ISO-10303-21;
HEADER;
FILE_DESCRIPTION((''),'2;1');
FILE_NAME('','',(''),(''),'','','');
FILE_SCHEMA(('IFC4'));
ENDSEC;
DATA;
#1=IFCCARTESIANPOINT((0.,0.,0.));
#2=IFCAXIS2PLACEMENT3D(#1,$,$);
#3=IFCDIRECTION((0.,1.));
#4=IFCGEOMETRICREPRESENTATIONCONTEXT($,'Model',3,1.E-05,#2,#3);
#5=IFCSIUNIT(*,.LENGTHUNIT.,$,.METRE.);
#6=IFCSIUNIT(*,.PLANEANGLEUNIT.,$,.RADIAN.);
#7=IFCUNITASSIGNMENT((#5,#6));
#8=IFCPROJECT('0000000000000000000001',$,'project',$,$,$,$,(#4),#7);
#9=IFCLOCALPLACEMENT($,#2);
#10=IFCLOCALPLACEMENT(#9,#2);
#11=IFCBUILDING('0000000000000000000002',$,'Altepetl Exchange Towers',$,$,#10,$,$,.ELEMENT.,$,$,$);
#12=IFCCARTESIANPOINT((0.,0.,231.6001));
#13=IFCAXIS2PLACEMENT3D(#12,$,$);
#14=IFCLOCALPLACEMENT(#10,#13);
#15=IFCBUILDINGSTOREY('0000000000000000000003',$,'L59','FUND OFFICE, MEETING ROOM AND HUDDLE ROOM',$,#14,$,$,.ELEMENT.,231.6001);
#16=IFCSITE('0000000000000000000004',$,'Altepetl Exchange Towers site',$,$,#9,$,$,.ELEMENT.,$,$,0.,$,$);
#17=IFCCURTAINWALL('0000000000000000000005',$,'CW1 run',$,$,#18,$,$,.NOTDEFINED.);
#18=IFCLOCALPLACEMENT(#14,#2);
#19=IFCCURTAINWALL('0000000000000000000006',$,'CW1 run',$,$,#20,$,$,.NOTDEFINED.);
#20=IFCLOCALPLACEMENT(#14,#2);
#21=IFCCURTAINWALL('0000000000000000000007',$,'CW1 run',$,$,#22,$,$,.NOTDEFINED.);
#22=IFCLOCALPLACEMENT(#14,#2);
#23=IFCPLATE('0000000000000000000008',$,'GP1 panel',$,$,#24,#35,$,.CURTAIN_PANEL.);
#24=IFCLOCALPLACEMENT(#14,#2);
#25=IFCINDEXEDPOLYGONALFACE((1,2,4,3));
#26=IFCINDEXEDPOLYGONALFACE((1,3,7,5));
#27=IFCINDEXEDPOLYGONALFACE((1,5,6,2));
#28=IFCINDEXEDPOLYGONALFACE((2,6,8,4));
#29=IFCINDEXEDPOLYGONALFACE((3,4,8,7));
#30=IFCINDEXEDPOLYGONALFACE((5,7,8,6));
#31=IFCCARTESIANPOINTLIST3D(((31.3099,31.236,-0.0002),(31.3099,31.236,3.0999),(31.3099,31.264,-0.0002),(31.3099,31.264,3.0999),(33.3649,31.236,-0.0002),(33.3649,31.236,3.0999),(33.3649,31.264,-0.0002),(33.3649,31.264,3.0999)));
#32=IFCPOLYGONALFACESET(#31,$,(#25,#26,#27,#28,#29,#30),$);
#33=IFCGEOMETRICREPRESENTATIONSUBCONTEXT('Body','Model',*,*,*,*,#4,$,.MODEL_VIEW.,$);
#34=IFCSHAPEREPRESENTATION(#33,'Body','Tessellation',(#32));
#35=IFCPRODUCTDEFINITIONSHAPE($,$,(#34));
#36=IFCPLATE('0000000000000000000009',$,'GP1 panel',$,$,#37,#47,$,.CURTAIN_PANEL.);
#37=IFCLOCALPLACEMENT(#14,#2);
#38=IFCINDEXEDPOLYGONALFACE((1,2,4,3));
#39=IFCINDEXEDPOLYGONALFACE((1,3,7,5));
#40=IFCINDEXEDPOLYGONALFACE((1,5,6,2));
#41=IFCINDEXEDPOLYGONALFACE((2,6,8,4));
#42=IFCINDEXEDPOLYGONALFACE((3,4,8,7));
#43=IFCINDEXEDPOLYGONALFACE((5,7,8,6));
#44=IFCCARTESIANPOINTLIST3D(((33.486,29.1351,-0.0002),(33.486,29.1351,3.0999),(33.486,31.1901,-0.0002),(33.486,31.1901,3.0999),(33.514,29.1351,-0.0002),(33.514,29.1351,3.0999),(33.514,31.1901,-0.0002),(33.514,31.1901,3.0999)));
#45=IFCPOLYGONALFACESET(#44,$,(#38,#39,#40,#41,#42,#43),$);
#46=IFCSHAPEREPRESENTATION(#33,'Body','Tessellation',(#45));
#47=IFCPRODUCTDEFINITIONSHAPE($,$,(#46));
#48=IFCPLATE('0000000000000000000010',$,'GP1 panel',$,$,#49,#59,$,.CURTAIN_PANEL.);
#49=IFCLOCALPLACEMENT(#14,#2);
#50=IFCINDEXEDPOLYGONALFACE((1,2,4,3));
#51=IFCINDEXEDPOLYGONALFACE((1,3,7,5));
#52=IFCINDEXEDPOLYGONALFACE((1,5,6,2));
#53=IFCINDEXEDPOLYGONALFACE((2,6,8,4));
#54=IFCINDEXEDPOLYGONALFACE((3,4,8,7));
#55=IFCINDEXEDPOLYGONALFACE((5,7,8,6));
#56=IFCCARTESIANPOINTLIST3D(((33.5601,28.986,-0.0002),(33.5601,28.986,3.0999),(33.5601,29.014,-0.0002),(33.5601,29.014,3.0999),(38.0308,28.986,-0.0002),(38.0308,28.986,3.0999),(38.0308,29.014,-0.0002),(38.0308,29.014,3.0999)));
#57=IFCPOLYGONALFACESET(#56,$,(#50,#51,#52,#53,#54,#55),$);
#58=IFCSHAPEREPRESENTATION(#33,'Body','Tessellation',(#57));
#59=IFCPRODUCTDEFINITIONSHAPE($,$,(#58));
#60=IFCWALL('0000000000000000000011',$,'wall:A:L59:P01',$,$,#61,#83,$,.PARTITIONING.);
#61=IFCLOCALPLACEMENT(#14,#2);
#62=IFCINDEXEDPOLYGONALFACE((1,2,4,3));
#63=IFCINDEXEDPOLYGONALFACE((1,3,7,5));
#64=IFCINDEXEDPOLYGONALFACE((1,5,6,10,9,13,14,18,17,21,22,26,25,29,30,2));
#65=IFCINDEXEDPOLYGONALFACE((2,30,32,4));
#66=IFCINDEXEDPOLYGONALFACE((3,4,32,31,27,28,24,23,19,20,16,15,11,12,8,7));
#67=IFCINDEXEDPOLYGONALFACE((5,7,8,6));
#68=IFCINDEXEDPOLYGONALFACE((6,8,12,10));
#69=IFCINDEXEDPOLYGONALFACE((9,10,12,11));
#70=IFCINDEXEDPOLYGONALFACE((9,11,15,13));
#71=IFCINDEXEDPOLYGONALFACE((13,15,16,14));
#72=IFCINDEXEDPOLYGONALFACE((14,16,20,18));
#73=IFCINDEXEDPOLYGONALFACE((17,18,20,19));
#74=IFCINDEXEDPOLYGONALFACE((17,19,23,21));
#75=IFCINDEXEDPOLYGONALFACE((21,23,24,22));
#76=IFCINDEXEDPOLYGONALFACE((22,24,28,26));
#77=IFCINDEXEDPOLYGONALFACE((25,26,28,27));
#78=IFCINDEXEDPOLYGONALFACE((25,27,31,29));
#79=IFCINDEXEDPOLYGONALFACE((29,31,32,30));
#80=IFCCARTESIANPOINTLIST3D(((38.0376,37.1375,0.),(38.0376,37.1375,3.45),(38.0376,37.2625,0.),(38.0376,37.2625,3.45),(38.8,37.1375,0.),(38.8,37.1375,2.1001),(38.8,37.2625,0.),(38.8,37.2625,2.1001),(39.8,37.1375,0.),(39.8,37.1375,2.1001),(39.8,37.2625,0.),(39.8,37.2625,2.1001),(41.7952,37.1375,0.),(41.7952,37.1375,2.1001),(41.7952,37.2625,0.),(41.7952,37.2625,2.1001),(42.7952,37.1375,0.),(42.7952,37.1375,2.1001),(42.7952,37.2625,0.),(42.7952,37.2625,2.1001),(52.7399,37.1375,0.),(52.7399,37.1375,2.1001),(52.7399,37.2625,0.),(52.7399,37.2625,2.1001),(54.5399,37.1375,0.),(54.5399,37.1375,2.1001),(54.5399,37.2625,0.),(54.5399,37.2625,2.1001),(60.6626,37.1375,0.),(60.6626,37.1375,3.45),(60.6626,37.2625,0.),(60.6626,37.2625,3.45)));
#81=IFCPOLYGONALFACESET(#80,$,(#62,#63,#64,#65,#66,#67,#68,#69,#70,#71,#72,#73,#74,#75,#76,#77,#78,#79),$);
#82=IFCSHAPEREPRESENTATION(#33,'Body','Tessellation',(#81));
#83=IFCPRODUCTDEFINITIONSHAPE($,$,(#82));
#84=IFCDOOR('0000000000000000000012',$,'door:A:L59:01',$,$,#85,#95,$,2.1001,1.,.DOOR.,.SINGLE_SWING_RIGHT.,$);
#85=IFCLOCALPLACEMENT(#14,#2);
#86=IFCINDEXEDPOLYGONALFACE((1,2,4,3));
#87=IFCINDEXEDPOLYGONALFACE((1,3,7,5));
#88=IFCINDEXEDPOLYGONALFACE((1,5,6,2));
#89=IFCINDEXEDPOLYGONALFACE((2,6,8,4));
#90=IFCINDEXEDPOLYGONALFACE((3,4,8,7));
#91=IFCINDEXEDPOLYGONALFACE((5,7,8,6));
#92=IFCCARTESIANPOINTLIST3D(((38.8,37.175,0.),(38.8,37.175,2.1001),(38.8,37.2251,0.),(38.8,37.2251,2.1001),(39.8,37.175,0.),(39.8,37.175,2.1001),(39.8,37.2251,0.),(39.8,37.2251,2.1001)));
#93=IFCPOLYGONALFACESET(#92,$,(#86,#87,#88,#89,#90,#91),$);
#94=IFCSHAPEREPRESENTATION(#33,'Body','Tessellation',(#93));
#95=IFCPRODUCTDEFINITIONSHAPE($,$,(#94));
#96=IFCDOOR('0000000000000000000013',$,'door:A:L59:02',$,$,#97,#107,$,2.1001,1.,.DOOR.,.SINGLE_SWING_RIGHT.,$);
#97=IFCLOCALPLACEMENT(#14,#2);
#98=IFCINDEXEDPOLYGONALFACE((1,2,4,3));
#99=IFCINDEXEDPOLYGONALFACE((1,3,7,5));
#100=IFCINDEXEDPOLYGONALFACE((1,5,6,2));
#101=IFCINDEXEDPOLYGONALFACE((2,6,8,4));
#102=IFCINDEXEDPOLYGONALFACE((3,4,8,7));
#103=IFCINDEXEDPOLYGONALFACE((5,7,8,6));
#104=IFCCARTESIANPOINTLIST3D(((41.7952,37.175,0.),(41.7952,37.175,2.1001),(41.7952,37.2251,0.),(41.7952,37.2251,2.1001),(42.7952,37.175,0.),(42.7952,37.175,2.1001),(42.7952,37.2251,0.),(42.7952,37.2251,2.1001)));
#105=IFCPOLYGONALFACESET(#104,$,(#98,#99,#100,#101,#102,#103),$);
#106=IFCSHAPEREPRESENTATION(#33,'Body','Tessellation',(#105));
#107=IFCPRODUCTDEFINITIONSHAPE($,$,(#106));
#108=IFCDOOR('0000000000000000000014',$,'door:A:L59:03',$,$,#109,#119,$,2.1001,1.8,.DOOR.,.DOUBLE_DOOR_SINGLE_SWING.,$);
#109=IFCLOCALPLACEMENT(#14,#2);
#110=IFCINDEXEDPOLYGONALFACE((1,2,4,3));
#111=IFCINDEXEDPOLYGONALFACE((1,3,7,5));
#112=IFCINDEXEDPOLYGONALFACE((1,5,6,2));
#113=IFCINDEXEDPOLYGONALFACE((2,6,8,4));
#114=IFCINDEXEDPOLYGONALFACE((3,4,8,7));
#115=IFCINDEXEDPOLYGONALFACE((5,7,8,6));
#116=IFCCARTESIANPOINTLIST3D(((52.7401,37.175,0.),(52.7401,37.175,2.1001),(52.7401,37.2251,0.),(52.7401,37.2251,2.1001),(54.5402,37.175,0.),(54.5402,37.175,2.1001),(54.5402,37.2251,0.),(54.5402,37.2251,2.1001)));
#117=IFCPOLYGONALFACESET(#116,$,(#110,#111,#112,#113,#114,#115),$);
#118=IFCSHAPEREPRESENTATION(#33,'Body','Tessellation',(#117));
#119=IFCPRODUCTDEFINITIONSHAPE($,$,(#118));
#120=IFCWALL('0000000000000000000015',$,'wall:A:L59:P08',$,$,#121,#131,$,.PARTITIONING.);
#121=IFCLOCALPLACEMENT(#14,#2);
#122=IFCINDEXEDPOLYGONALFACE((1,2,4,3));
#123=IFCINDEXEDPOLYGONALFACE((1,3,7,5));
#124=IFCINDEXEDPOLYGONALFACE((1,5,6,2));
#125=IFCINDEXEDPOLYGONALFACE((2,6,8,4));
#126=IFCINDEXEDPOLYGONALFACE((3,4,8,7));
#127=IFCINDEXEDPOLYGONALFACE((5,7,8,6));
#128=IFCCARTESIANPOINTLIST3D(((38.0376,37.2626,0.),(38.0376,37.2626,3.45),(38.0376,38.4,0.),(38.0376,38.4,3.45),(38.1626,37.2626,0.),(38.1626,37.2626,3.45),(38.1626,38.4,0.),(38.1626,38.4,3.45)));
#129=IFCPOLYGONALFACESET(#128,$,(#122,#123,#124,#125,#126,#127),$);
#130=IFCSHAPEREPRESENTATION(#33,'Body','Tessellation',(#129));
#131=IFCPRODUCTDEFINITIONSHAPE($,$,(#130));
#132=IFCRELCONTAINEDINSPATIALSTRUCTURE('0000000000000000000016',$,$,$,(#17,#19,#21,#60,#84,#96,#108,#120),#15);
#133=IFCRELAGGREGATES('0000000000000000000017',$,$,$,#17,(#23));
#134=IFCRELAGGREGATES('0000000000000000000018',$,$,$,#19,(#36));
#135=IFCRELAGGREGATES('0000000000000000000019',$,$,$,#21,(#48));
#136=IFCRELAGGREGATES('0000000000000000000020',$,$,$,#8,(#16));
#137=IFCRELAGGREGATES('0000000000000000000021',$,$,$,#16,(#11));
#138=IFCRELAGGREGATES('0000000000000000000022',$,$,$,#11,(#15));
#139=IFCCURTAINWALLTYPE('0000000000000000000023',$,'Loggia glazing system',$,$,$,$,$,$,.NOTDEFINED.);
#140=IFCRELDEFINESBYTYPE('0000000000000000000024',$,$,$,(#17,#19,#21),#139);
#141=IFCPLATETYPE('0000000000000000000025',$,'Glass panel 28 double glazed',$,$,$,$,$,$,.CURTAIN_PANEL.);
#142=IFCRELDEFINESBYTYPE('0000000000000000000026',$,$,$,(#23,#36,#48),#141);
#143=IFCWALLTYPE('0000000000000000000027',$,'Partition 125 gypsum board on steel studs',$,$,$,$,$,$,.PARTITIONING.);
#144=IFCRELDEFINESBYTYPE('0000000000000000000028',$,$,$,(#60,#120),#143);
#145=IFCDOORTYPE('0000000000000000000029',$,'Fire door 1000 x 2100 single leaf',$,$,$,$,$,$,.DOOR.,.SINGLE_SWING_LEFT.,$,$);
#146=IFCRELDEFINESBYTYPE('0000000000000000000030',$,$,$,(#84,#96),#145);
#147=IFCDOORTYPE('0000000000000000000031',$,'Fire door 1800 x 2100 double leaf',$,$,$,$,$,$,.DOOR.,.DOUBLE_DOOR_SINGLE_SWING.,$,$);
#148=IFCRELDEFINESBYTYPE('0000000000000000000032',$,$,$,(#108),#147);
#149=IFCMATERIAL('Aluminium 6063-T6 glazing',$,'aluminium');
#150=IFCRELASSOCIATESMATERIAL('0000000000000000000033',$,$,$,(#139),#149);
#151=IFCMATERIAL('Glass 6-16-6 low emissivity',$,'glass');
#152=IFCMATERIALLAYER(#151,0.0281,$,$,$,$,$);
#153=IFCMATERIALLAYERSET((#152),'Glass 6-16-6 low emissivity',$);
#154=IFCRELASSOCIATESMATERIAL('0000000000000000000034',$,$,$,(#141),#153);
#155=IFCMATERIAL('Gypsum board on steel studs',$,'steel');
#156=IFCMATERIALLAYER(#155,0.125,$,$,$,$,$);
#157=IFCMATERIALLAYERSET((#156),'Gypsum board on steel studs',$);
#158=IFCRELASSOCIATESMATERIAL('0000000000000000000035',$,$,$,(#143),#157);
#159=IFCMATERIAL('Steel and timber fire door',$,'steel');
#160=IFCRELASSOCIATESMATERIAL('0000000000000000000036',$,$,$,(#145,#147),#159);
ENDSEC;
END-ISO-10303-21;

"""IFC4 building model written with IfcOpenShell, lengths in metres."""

from ifc_helpers import new_model, si_unit, direction, frame, frame_2d, origin, origin_2d, place, context, subcontext, project, spatial, rectangle, extrude, material, layer, layer_set, type_object, element, fill, aggregate, save


model = new_model("IFC4")

# Units and contexts
model_context = context("Model", 3, precision=1e-05, world=origin(), true_north=direction((0.0, 1.0)))
body_context = subcontext(model_context, "Body", "Model", "MODEL_VIEW")
ifc_project = project(units=[si_unit("LENGTHUNIT", "METRE"), si_unit("PLANEANGLEUNIT", "RADIAN")], contexts=[model_context])

# Site, building, storey
site_placement = place(None, origin())
site = spatial("IfcSite", under=ifc_project, at=site_placement, Name="Altepetl Exchange Towers site", CompositionType="ELEMENT", RefElevation=0.0)
building_placement = place(site_placement, origin())
building = spatial("IfcBuilding", under=site, at=building_placement, Name="Altepetl Exchange Towers", CompositionType="ELEMENT")
storey_placement = place(building_placement, frame((0.0, 0.0, 231.6001)))
storey = spatial("IfcBuildingStorey", under=building, at=storey_placement, Name="L59", Description="FUND OFFICE, MEETING ROOM AND HUDDLE ROOM", CompositionType="ELEMENT", Elevation=231.6001)

# Curtain wall
ifc_material_1 = material(Name="Aluminium 6063-T6 glazing", Category="aluminium")
curtain_wall_type = type_object("IfcCurtainWallType", Name="Loggia glazing system", PredefinedType="NOTDEFINED", material=ifc_material_1)
curtain_wall_1_placement = place(storey_placement, origin())
curtain_wall_1 = element("IfcCurtainWall", 1, at=curtain_wall_1_placement, inside=storey, type_object=curtain_wall_type, Name="CW1 run", PredefinedType="NOTDEFINED")

# Curtain walls
curtain_wall_2_placement = place(storey_placement, origin())
curtain_wall_2 = element("IfcCurtainWall", 2, at=curtain_wall_2_placement, inside=storey, type_object=curtain_wall_type, Name="CW1 run", PredefinedType="NOTDEFINED")
curtain_wall_3_placement = place(storey_placement, origin())
curtain_wall_3 = element("IfcCurtainWall", 3, at=curtain_wall_3_placement, inside=storey, type_object=curtain_wall_type, Name="CW1 run", PredefinedType="NOTDEFINED")

# Plates
ifc_material_2 = material(Name="Glass 6-16-6 low emissivity", Category="glass")
ifc_layer_1 = layer(ifc_material_2, 0.0281)
ifc_layer_set_1 = layer_set([ifc_layer_1], Name="Glass 6-16-6 low emissivity")
plate_type = type_object("IfcPlateType", Name="Glass panel 28 double glazed", PredefinedType="CURTAIN_PANEL", material=ifc_layer_set_1)
plate_1_placement = place(storey_placement, frame((32.3374, 31.25, -0.0002)))
plate_1 = element("IfcPlate", 4, at=plate_1_placement, type_object=plate_type, Name="GP1 panel", PredefinedType="CURTAIN_PANEL", context=body_context, shape_type="SweptSolid", body=[
    extrude(rectangle(XDim=2.0549, YDim=0.0281, at=origin_2d()), origin(), (0.0, 0.0, 1.0), 3.1001),
])
aggregate(curtain_wall_1, [plate_1])
plate_2_placement = place(storey_placement, frame((33.5, 30.1626, -0.0002), z_axis=(0.0, 0.0, 1.0), x_axis=(0.0, -1.0, 0.0)))
plate_2 = element("IfcPlate", 5, at=plate_2_placement, type_object=plate_type, Name="GP1 panel", PredefinedType="CURTAIN_PANEL", context=body_context, shape_type="SweptSolid", body=[
    extrude(rectangle(XDim=2.0549, YDim=0.0281, at=origin_2d()), origin(), (0.0, 0.0, 1.0), 3.1001),
])
aggregate(curtain_wall_2, [plate_2])
plate_3_placement = place(storey_placement, frame((35.7954, 29.0, -0.0002)))
plate_3 = element("IfcPlate", 6, at=plate_3_placement, type_object=plate_type, Name="GP1 panel", PredefinedType="CURTAIN_PANEL", context=body_context, shape_type="SweptSolid", body=[
    extrude(rectangle(XDim=4.4707, YDim=0.0281, at=origin_2d()), origin(), (0.0, 0.0, 1.0), 3.1001),
])
aggregate(curtain_wall_3, [plate_3])

# Wall, openings, doors
ifc_material_3 = material(Name="Gypsum board on steel studs", Category="steel")
ifc_layer_2 = layer(ifc_material_3, 0.125)
ifc_layer_set_2 = layer_set([ifc_layer_2], Name="Gypsum board on steel studs")
wall_type = type_object("IfcWallType", Name="Partition 125 gypsum board on steel studs", PredefinedType="PARTITIONING", material=ifc_layer_set_2)
wall_1_placement = place(storey_placement, frame((38.0376, 37.2, 0.0)))
wall_1 = element("IfcWall", 7, at=wall_1_placement, inside=storey, type_object=wall_type, Name="wall:A:L59:P01", PredefinedType="PARTITIONING", context=body_context, shape_type="SweptSolid", body=[
    extrude(rectangle(XDim=22.625, YDim=0.125, at=frame_2d((11.3125, 0.0))), origin(), (0.0, 0.0, 1.0), 3.45),
])
opening_1_placement = place(wall_1_placement, frame((0.7625, 0.0, 0.0)))
opening_1 = element("IfcOpeningElement", 8, at=opening_1_placement, cuts=wall_1, PredefinedType="OPENING", context=body_context, shape_type="SweptSolid", body=[
    extrude(rectangle(XDim=1.0, YDim=2.1001, at=frame_2d((0.5, 1.05))), frame((0.0, 0.0725, 0.0), z_axis=(0.0, -1.0, 0.0), x_axis=(1.0, 0.0, 0.0)), (0.0, 0.0, 1.0), 0.145),
])
opening_2_placement = place(wall_1_placement, frame((3.7576, 0.0, 0.0)))
opening_2 = element("IfcOpeningElement", 9, at=opening_2_placement, cuts=wall_1, PredefinedType="OPENING", context=body_context, shape_type="SweptSolid", body=[
    extrude(rectangle(XDim=1.0, YDim=2.1001, at=frame_2d((0.5, 1.05))), frame((0.0, 0.0725, 0.0), z_axis=(0.0, -1.0, 0.0), x_axis=(1.0, 0.0, 0.0)), (0.0, 0.0, 1.0), 0.145),
])
opening_3_placement = place(wall_1_placement, frame((14.7024, 0.0, 0.0)))
opening_3 = element("IfcOpeningElement", 10, at=opening_3_placement, cuts=wall_1, PredefinedType="OPENING", context=body_context, shape_type="SweptSolid", body=[
    extrude(rectangle(XDim=1.8, YDim=2.1001, at=frame_2d((0.8999, 1.05))), frame((0.0, 0.0725, 0.0), z_axis=(0.0, -1.0, 0.0), x_axis=(1.0, 0.0, 0.0)), (0.0, 0.0, 1.0), 0.145),
])
ifc_material_4 = material(Name="Steel and timber fire door", Category="steel")
door_type_1 = type_object("IfcDoorType", Name="Fire door 1000 x 2100 single leaf", OperationType="SINGLE_SWING_LEFT", PredefinedType="DOOR", material=ifc_material_4)
door_1_placement = place(opening_1_placement, frame((1.0, 0.0, 0.0), x_axis=(-1.0, 0.0, 0.0)))
door_1 = element("IfcDoor", 11, at=door_1_placement, inside=storey, type_object=door_type_1, Name="door:A:L59:01", OperationType="SINGLE_SWING_RIGHT", OverallHeight=2.1001, OverallWidth=1.0, PredefinedType="DOOR", context=body_context, shape_type="SweptSolid", body=[
    extrude(rectangle(XDim=1.0, YDim=2.1001, at=frame_2d((0.5, 1.05))), frame((0.0, 0.0249, 0.0), z_axis=(0.0, -1.0, 0.0), x_axis=(1.0, 0.0, 0.0)), (0.0, 0.0, 1.0), 0.05),
])
fill(opening_1, door_1)
door_2_placement = place(opening_2_placement, frame((1.0, 0.0, 0.0), x_axis=(-1.0, 0.0, 0.0)))
door_2 = element("IfcDoor", 12, at=door_2_placement, inside=storey, type_object=door_type_1, Name="door:A:L59:02", OperationType="SINGLE_SWING_RIGHT", OverallHeight=2.1001, OverallWidth=1.0, PredefinedType="DOOR", context=body_context, shape_type="SweptSolid", body=[
    extrude(rectangle(XDim=1.0, YDim=2.1001, at=frame_2d((0.5, 1.05))), frame((0.0, 0.0249, 0.0), z_axis=(0.0, -1.0, 0.0), x_axis=(1.0, 0.0, 0.0)), (0.0, 0.0, 1.0), 0.05),
])
fill(opening_2, door_2)
door_type_2 = type_object("IfcDoorType", Name="Fire door 1800 x 2100 double leaf", OperationType="DOUBLE_DOOR_SINGLE_SWING", PredefinedType="DOOR", material=ifc_material_4)
door_3_placement = place(opening_3_placement, frame((1.8, 0.0, 0.0), x_axis=(-1.0, 0.0, 0.0)))
door_3 = element("IfcDoor", 13, at=door_3_placement, inside=storey, type_object=door_type_2, Name="door:A:L59:03", OperationType="DOUBLE_DOOR_SINGLE_SWING", OverallHeight=2.1001, OverallWidth=1.8, PredefinedType="DOOR", context=body_context, shape_type="SweptSolid", body=[
    extrude(rectangle(XDim=1.8, YDim=2.1001, at=frame_2d((0.8999, 1.05))), frame((0.0, 0.0249, 0.0), z_axis=(0.0, -1.0, 0.0), x_axis=(1.0, 0.0, 0.0)), (0.0, 0.0, 1.0), 0.05),
])
fill(opening_3, door_3)

# Wall
wall_2_placement = place(storey_placement, frame((38.1001, 37.2625, 0.0), z_axis=(0.0, 0.0, 1.0), x_axis=(0.0, 1.0, 0.0)))
element("IfcWall", 14, at=wall_2_placement, inside=storey, type_object=wall_type, Name="wall:A:L59:P08", PredefinedType="PARTITIONING", context=body_context, shape_type="SweptSolid", body=[
    extrude(rectangle(XDim=1.1375, YDim=0.125, at=frame_2d((0.5688, 0.0))), origin(), (0.0, 0.0, 1.0), 3.45),
])

save(model, "model.ifc")
